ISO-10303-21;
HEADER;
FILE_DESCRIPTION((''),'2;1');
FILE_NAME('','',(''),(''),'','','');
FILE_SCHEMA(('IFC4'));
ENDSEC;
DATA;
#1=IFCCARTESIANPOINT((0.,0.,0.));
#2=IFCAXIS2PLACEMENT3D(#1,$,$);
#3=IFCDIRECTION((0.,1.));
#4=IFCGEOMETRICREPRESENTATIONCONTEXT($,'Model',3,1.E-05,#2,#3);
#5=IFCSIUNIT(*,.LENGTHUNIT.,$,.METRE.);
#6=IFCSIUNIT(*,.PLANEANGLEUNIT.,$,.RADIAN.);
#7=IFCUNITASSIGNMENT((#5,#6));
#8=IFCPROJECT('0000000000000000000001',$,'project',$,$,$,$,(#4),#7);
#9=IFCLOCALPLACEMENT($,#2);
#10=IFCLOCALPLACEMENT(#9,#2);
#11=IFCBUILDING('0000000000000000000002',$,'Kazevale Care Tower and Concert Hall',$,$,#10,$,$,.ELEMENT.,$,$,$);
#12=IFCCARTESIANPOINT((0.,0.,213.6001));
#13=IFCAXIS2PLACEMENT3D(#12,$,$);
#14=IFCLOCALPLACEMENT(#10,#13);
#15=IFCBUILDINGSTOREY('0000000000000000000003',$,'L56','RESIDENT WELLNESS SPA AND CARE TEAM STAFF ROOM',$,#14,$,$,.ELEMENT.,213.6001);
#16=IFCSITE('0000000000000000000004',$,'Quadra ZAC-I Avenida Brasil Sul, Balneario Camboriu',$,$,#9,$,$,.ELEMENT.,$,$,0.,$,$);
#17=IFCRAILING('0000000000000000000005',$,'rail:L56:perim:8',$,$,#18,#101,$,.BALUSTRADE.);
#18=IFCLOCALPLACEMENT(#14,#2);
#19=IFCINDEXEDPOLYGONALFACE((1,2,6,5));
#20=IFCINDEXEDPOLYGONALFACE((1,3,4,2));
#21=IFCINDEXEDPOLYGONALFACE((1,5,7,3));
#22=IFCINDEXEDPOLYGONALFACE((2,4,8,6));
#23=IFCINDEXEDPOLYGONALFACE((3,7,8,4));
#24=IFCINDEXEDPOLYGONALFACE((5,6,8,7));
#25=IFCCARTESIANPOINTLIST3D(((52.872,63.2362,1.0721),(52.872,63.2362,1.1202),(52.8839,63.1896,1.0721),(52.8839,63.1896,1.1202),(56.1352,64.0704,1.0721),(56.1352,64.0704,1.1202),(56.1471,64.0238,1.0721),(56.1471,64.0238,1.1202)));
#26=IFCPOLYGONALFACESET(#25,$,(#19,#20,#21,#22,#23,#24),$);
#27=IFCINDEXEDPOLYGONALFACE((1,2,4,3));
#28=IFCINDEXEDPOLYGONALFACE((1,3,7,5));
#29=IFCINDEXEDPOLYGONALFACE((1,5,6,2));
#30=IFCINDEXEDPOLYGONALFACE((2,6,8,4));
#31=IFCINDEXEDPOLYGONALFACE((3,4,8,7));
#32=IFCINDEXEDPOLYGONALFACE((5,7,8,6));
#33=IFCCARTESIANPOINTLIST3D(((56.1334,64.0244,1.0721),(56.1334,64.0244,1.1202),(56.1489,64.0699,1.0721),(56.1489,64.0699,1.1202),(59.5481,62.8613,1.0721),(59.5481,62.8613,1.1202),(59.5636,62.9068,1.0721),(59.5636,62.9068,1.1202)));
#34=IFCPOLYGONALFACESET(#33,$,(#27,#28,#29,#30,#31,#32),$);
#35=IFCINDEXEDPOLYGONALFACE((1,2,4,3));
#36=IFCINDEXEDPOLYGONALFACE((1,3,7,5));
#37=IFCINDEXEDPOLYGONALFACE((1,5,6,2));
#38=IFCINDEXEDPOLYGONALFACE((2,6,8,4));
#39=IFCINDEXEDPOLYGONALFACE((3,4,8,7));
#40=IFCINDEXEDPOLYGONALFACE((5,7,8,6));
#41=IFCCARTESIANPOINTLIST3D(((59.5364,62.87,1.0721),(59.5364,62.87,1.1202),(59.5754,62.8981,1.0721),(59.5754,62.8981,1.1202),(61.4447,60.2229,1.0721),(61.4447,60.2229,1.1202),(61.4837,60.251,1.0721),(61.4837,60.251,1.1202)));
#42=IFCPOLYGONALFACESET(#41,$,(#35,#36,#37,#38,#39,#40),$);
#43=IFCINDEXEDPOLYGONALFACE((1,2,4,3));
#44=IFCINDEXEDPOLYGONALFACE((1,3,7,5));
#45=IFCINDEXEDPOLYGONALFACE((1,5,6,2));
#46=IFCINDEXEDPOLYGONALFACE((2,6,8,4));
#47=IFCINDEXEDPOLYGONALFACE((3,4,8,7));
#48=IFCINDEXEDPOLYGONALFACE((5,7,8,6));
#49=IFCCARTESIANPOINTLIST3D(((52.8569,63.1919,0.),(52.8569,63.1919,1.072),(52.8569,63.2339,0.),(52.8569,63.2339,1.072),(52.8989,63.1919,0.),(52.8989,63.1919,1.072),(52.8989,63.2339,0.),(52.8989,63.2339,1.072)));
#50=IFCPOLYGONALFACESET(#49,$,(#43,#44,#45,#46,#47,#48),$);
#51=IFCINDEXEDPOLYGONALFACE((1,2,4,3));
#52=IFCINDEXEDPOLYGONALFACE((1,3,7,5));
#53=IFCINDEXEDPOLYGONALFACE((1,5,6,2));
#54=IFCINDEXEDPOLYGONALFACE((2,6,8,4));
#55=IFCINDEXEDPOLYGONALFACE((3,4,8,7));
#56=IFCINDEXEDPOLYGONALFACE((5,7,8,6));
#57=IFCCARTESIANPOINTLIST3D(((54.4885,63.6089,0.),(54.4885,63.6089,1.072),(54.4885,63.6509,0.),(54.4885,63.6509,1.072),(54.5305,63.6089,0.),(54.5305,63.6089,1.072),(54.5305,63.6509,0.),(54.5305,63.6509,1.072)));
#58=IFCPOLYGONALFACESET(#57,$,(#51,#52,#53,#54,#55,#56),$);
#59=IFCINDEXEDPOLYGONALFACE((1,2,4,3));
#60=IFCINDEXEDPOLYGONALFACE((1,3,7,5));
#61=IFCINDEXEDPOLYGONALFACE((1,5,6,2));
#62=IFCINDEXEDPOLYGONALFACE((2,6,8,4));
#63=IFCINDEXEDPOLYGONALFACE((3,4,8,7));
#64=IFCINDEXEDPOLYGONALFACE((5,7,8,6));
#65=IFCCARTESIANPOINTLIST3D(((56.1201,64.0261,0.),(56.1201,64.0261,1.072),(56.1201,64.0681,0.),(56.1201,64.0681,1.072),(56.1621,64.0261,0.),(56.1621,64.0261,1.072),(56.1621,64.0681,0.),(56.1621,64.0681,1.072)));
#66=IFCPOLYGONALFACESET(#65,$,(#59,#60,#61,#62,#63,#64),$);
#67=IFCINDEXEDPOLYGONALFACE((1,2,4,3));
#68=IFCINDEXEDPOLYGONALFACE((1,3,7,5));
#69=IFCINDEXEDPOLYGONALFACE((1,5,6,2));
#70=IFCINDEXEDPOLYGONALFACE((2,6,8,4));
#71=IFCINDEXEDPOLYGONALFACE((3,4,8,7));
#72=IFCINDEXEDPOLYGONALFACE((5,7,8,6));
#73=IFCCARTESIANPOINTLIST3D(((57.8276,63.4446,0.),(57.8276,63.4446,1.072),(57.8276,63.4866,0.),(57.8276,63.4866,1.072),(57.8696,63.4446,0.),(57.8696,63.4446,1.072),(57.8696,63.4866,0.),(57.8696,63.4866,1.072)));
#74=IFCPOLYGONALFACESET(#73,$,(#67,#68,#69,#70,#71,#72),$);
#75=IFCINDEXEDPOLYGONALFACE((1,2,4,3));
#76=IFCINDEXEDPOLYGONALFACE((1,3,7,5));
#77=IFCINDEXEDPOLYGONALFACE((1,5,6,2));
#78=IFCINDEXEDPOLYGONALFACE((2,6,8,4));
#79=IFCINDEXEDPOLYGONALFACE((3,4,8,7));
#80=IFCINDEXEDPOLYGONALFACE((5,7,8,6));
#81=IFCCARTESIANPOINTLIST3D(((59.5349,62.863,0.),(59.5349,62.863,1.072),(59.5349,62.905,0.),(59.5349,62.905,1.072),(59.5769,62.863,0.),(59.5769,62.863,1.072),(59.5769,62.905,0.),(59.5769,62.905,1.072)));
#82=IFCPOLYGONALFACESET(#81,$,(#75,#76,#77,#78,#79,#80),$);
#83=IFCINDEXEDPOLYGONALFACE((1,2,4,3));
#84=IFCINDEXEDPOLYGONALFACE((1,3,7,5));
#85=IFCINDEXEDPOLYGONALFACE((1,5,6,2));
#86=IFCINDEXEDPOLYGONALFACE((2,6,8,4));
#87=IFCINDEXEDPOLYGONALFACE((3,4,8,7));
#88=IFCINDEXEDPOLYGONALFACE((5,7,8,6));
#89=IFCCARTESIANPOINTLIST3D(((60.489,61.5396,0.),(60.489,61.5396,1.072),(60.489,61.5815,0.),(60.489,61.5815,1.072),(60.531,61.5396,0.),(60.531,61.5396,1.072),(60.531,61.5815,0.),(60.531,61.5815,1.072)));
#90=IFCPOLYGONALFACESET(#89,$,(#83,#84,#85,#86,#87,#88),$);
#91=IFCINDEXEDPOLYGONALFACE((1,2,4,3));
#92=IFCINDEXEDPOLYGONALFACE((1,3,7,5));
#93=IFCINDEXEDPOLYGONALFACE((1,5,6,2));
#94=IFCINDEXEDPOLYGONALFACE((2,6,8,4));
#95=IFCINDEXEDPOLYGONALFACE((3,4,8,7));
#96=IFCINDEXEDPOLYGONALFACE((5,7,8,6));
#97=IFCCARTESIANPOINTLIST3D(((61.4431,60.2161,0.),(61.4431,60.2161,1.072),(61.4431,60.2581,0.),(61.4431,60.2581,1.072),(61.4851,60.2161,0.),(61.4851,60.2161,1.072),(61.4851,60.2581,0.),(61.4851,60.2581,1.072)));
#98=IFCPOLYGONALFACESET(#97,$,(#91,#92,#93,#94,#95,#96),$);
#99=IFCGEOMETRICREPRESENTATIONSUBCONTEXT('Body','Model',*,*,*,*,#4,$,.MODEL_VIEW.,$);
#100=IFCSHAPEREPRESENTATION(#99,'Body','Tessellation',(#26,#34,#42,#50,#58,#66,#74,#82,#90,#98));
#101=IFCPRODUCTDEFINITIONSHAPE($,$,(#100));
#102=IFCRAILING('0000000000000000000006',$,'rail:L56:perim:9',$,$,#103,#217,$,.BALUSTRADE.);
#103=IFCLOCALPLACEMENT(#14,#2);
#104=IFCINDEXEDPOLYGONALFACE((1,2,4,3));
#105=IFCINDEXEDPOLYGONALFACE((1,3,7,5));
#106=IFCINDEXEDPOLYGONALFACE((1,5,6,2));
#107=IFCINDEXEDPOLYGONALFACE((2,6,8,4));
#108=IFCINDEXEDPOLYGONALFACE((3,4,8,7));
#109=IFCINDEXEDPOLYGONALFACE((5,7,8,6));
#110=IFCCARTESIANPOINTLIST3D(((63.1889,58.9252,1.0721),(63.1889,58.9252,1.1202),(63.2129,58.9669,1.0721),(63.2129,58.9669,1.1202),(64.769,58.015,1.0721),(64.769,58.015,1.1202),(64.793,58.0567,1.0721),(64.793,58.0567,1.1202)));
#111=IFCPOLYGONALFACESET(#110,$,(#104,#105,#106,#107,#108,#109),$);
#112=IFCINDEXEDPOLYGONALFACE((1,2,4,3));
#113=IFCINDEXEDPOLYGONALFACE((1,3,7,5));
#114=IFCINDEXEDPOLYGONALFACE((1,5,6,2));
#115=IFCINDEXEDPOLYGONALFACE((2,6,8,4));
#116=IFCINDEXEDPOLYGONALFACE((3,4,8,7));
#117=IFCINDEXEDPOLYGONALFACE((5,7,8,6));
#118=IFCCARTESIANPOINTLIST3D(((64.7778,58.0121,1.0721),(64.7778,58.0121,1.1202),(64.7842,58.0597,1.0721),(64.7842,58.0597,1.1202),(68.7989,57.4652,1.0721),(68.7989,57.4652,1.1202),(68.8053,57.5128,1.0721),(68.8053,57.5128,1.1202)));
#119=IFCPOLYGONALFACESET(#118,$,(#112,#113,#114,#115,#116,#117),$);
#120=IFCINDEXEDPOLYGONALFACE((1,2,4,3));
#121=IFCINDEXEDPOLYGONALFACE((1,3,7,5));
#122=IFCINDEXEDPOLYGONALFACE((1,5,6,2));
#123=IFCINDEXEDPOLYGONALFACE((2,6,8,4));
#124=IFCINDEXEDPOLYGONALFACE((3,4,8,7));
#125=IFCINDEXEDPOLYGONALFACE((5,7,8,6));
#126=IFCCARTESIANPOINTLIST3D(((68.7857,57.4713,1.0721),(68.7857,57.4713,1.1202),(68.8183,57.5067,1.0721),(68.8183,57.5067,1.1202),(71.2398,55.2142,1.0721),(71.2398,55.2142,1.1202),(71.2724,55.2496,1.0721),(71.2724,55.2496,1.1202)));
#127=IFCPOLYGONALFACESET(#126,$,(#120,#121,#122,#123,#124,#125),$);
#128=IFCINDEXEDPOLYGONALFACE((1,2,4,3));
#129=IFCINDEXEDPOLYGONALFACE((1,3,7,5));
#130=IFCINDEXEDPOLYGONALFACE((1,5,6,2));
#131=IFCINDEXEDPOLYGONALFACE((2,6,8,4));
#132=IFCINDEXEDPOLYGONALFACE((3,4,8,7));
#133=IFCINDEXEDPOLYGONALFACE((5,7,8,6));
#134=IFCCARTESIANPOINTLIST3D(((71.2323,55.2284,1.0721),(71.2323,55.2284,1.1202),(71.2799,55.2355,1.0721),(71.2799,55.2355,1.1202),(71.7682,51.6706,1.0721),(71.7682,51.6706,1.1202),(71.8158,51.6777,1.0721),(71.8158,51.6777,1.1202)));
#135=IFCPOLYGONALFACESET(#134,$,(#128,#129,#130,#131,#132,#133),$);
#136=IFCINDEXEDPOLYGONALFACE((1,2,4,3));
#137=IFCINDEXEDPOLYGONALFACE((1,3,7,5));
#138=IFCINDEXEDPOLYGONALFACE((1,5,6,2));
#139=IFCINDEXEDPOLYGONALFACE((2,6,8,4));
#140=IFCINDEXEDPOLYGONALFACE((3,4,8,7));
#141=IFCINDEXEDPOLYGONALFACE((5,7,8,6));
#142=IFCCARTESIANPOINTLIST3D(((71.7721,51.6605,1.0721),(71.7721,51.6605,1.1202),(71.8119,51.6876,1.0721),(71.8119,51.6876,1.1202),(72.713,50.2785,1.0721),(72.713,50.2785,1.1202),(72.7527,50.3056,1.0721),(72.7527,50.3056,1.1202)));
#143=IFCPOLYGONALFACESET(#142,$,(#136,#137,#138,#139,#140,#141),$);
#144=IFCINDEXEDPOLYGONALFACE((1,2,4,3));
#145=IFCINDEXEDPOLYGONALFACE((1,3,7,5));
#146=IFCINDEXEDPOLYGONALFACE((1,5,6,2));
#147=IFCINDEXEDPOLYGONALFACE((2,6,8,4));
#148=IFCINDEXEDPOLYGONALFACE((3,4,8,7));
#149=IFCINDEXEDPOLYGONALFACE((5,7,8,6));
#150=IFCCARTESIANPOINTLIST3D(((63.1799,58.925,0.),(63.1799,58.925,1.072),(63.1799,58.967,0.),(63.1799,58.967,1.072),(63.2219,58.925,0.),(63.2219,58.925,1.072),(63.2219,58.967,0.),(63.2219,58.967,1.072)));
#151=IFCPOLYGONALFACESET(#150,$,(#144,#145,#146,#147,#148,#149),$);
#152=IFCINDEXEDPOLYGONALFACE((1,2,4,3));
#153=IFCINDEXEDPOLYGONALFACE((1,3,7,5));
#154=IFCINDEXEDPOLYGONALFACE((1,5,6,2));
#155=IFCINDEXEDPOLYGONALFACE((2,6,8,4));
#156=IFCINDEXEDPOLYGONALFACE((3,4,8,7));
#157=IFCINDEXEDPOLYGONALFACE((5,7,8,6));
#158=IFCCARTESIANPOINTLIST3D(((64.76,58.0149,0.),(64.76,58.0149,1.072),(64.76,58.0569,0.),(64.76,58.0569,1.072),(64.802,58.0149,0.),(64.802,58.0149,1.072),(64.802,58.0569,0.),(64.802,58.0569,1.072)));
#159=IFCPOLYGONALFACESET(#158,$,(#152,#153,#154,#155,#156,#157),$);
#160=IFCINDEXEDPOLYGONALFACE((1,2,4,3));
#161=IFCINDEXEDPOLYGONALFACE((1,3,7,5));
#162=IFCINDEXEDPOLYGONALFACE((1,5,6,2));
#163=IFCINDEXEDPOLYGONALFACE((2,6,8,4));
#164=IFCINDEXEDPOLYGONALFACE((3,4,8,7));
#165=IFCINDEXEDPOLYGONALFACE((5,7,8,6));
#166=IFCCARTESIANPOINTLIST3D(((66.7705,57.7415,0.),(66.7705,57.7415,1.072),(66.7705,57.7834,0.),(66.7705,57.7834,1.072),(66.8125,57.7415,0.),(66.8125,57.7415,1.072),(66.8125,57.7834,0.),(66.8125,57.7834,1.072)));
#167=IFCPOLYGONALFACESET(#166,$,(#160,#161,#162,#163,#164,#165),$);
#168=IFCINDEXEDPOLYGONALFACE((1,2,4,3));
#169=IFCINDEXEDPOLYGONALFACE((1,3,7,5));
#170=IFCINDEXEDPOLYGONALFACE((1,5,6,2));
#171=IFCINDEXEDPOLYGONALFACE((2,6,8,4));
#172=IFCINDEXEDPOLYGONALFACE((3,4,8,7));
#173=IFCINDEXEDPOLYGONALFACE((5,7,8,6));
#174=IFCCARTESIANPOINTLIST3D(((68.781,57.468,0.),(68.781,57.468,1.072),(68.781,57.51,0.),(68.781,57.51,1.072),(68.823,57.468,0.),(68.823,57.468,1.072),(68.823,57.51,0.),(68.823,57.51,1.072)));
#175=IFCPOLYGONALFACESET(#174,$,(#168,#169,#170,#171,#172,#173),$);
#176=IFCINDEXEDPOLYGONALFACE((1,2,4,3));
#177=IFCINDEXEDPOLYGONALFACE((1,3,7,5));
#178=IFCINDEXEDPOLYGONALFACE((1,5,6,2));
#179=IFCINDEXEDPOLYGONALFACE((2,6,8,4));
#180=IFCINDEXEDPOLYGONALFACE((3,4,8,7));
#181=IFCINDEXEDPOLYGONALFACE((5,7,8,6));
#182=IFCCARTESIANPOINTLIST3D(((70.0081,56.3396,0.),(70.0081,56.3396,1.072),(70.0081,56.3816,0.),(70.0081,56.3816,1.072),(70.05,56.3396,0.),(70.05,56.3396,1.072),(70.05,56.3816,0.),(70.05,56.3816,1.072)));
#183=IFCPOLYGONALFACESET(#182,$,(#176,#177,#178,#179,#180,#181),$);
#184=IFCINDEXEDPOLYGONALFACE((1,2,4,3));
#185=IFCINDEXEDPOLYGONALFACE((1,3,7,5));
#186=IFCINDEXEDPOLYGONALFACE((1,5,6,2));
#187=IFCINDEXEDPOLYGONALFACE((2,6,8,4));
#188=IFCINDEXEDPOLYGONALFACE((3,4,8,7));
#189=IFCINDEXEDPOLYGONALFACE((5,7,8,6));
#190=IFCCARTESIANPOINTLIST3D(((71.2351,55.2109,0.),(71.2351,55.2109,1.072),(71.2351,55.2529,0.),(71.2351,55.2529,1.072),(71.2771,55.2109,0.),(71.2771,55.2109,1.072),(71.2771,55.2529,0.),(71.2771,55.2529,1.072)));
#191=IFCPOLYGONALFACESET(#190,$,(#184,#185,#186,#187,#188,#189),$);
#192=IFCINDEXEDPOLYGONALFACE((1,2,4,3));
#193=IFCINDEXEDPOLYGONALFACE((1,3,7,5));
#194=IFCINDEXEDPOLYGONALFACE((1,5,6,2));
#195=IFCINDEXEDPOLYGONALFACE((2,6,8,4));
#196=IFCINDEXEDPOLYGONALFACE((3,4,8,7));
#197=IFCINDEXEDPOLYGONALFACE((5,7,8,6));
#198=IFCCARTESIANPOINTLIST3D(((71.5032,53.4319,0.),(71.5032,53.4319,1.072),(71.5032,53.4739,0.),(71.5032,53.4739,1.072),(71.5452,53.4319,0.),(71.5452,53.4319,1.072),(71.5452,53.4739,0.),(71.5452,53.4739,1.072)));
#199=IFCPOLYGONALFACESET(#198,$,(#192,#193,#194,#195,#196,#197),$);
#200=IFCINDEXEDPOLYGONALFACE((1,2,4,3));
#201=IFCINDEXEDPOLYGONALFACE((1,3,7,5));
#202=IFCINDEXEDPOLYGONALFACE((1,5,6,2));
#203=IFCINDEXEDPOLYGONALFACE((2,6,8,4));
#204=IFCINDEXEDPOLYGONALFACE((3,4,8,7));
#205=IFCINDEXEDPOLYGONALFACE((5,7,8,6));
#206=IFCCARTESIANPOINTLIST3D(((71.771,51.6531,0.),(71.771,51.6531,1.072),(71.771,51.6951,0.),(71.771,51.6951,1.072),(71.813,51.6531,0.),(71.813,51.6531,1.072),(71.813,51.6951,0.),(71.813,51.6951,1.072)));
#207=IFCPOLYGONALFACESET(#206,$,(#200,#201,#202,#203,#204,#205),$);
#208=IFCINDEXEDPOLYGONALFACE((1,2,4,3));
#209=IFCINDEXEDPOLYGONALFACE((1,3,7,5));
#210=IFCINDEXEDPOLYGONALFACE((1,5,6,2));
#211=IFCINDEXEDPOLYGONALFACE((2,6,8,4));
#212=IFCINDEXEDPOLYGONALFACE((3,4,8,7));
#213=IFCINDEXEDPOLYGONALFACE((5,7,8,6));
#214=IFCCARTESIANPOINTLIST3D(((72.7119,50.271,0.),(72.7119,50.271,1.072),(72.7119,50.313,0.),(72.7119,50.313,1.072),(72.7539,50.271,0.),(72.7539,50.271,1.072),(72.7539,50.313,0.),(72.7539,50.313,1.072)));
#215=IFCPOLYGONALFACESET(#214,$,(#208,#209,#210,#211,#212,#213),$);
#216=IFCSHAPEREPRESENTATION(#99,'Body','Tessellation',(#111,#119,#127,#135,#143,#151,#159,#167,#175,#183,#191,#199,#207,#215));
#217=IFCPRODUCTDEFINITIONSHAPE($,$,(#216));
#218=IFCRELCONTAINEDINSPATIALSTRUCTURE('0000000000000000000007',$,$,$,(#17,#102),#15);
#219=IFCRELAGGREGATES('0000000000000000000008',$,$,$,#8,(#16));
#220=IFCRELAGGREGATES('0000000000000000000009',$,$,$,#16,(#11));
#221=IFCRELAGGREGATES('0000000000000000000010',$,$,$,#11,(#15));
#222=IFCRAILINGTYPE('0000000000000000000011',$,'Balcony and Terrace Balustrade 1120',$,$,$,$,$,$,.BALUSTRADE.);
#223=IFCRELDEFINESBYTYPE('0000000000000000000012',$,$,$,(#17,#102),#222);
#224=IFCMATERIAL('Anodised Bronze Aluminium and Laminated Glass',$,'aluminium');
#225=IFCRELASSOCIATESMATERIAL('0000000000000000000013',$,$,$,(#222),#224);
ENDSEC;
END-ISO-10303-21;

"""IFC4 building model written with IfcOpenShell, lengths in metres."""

from ifc_helpers import new_model, si_unit, direction, frame, origin, origin_2d, place, context, subcontext, project, spatial, rectangle, extrude, material, type_object, element, save


model = new_model("IFC4")

# Units and contexts
model_context = context("Model", 3, precision=1e-05, world=origin(), true_north=direction((0.0, 1.0)))
body_context = subcontext(model_context, "Body", "Model", "MODEL_VIEW")
ifc_project = project(units=[si_unit("LENGTHUNIT", "METRE"), si_unit("PLANEANGLEUNIT", "RADIAN")], contexts=[model_context])

# Site, building, storey
site_placement = place(None, origin())
site = spatial("IfcSite", under=ifc_project, at=site_placement, Name="Quadra ZAC-I Avenida Brasil Sul, Balneario Camboriu", CompositionType="ELEMENT", RefElevation=0.0)
building_placement = place(site_placement, origin())
building = spatial("IfcBuilding", under=site, at=building_placement, Name="Kazevale Care Tower and Concert Hall", CompositionType="ELEMENT")
storey_placement = place(building_placement, frame((0.0, 0.0, 213.6001)))
storey = spatial("IfcBuildingStorey", under=building, at=storey_placement, Name="L56", Description="RESIDENT WELLNESS SPA AND CARE TEAM STAFF ROOM", CompositionType="ELEMENT", Elevation=213.6001)

# Railings
ifc_material_1 = material(Name="Anodised Bronze Aluminium and Laminated Glass", Category="aluminium")
railing_type = type_object("IfcRailingType", Name="Balcony and Terrace Balustrade 1120", PredefinedType="BALUSTRADE", material=ifc_material_1)
railing_1_placement = place(storey_placement, frame((52.8779, 63.2129, 0.0)))
element("IfcRailing", 1, at=railing_1_placement, inside=storey, type_object=railing_type, Name="rail:L56:perim:8", PredefinedType="BALUSTRADE", context=body_context, shape_type="SweptSolid", body=[
    extrude(rectangle(XDim=0.0481, YDim=0.0481, at=origin_2d()), frame((0.0, 0.0, 1.0962), z_axis=(0.968841, 0.247683, 0.0), x_axis=(-0.247683, 0.968841, 0.0)), (0.0, 0.0, 1.0), 3.3682),
    extrude(rectangle(XDim=0.0481, YDim=0.0481, at=origin_2d()), frame((3.2632, 0.8342, 1.0962), z_axis=(0.946599, -0.322413, 0.0), x_axis=(0.322413, 0.946599, 0.0)), (0.0, 0.0, 1.0), 3.6074),
    extrude(rectangle(XDim=0.0481, YDim=0.0481, at=origin_2d()), frame((6.678, -0.3289, 1.0962), z_axis=(0.584786, -0.811188, 0.0), x_axis=(0.811188, 0.584786, 0.0)), (0.0, 0.0, 1.0), 3.2632),
    extrude(rectangle(XDim=0.042, YDim=0.042, at=origin_2d()), origin(), (0.0, 0.0, 1.0), 1.072),
    extrude(rectangle(XDim=0.042, YDim=0.042, at=origin_2d()), frame((1.6316, 0.417, 0.0)), (0.0, 0.0, 1.0), 1.072),
    extrude(rectangle(XDim=0.042, YDim=0.042, at=origin_2d()), frame((3.2632, 0.8342, 0.0)), (0.0, 0.0, 1.0), 1.072),
    extrude(rectangle(XDim=0.042, YDim=0.042, at=origin_2d()), frame((4.9707, 0.2527, 0.0)), (0.0, 0.0, 1.0), 1.072),
    extrude(rectangle(XDim=0.042, YDim=0.042, at=origin_2d()), frame((6.678, -0.3289, 0.0)), (0.0, 0.0, 1.0), 1.072),
    extrude(rectangle(XDim=0.042, YDim=0.042, at=origin_2d()), frame((7.6321, -1.6523, 0.0)), (0.0, 0.0, 1.0), 1.072),
    extrude(rectangle(XDim=0.042, YDim=0.042, at=origin_2d()), frame((8.5862, -2.9758, 0.0)), (0.0, 0.0, 1.0), 1.072),
])
railing_2_placement = place(storey_placement, frame((63.2009, 58.946, 0.0)))
element("IfcRailing", 2, at=railing_2_placement, inside=storey, type_object=railing_type, Name="rail:L56:perim:9", PredefinedType="BALUSTRADE", context=body_context, shape_type="SweptSolid", body=[
    extrude(rectangle(XDim=0.0481, YDim=0.0481, at=origin_2d()), frame((0.0, 0.0, 1.0962), z_axis=(0.866524, -0.499135, 0.0), x_axis=(0.499135, 0.866524, 0.0)), (0.0, 0.0, 1.0), 1.8235),
    extrude(rectangle(XDim=0.0481, YDim=0.0481, at=origin_2d()), frame((1.5801, -0.9102, 1.0962), z_axis=(0.990878, -0.134764, 0.0), x_axis=(0.134764, 0.990878, 0.0)), (0.0, 0.0, 1.0), 4.0581),
    extrude(rectangle(XDim=0.0481, YDim=0.0481, at=origin_2d()), frame((5.6011, -1.457, 1.0962), z_axis=(0.736035, -0.676944, 0.0), x_axis=(0.676944, 0.736035, 0.0)), (0.0, 0.0, 1.0), 3.3342),
    extrude(rectangle(XDim=0.0481, YDim=0.0481, at=origin_2d()), frame((8.0552, -3.7141, 1.0962), z_axis=(0.148941, -0.988846, 0.0), x_axis=(0.988846, 0.148941, 0.0)), (0.0, 0.0, 1.0), 3.5979),
    extrude(rectangle(XDim=0.0481, YDim=0.0481, at=origin_2d()), frame((8.5911, -7.272, 1.0962), z_axis=(0.562761, -0.826619, 0.0), x_axis=(0.826619, 0.562761, 0.0)), (0.0, 0.0, 1.0), 1.6719),
    extrude(rectangle(XDim=0.042, YDim=0.042, at=origin_2d()), origin(), (0.0, 0.0, 1.0), 1.072),
    extrude(rectangle(XDim=0.042, YDim=0.042, at=origin_2d()), frame((1.5801, -0.9102, 0.0)), (0.0, 0.0, 1.0), 1.072),
    extrude(rectangle(XDim=0.042, YDim=0.042, at=origin_2d()), frame((3.5906, -1.1836, 0.0)), (0.0, 0.0, 1.0), 1.072),
    extrude(rectangle(XDim=0.042, YDim=0.042, at=origin_2d()), frame((5.6011, -1.457, 0.0)), (0.0, 0.0, 1.0), 1.072),
    extrude(rectangle(XDim=0.042, YDim=0.042, at=origin_2d()), frame((6.8281, -2.5854, 0.0)), (0.0, 0.0, 1.0), 1.072),
    extrude(rectangle(XDim=0.042, YDim=0.042, at=origin_2d()), frame((8.0552, -3.7141, 0.0)), (0.0, 0.0, 1.0), 1.072),
    extrude(rectangle(XDim=0.042, YDim=0.042, at=origin_2d()), frame((8.3232, -5.4932, 0.0)), (0.0, 0.0, 1.0), 1.072),
    extrude(rectangle(XDim=0.042, YDim=0.042, at=origin_2d()), frame((8.5911, -7.272, 0.0)), (0.0, 0.0, 1.0), 1.072),
    extrude(rectangle(XDim=0.042, YDim=0.042, at=origin_2d()), frame((9.532, -8.6541, 0.0)), (0.0, 0.0, 1.0), 1.072),
])

save(model, "model.ifc")
